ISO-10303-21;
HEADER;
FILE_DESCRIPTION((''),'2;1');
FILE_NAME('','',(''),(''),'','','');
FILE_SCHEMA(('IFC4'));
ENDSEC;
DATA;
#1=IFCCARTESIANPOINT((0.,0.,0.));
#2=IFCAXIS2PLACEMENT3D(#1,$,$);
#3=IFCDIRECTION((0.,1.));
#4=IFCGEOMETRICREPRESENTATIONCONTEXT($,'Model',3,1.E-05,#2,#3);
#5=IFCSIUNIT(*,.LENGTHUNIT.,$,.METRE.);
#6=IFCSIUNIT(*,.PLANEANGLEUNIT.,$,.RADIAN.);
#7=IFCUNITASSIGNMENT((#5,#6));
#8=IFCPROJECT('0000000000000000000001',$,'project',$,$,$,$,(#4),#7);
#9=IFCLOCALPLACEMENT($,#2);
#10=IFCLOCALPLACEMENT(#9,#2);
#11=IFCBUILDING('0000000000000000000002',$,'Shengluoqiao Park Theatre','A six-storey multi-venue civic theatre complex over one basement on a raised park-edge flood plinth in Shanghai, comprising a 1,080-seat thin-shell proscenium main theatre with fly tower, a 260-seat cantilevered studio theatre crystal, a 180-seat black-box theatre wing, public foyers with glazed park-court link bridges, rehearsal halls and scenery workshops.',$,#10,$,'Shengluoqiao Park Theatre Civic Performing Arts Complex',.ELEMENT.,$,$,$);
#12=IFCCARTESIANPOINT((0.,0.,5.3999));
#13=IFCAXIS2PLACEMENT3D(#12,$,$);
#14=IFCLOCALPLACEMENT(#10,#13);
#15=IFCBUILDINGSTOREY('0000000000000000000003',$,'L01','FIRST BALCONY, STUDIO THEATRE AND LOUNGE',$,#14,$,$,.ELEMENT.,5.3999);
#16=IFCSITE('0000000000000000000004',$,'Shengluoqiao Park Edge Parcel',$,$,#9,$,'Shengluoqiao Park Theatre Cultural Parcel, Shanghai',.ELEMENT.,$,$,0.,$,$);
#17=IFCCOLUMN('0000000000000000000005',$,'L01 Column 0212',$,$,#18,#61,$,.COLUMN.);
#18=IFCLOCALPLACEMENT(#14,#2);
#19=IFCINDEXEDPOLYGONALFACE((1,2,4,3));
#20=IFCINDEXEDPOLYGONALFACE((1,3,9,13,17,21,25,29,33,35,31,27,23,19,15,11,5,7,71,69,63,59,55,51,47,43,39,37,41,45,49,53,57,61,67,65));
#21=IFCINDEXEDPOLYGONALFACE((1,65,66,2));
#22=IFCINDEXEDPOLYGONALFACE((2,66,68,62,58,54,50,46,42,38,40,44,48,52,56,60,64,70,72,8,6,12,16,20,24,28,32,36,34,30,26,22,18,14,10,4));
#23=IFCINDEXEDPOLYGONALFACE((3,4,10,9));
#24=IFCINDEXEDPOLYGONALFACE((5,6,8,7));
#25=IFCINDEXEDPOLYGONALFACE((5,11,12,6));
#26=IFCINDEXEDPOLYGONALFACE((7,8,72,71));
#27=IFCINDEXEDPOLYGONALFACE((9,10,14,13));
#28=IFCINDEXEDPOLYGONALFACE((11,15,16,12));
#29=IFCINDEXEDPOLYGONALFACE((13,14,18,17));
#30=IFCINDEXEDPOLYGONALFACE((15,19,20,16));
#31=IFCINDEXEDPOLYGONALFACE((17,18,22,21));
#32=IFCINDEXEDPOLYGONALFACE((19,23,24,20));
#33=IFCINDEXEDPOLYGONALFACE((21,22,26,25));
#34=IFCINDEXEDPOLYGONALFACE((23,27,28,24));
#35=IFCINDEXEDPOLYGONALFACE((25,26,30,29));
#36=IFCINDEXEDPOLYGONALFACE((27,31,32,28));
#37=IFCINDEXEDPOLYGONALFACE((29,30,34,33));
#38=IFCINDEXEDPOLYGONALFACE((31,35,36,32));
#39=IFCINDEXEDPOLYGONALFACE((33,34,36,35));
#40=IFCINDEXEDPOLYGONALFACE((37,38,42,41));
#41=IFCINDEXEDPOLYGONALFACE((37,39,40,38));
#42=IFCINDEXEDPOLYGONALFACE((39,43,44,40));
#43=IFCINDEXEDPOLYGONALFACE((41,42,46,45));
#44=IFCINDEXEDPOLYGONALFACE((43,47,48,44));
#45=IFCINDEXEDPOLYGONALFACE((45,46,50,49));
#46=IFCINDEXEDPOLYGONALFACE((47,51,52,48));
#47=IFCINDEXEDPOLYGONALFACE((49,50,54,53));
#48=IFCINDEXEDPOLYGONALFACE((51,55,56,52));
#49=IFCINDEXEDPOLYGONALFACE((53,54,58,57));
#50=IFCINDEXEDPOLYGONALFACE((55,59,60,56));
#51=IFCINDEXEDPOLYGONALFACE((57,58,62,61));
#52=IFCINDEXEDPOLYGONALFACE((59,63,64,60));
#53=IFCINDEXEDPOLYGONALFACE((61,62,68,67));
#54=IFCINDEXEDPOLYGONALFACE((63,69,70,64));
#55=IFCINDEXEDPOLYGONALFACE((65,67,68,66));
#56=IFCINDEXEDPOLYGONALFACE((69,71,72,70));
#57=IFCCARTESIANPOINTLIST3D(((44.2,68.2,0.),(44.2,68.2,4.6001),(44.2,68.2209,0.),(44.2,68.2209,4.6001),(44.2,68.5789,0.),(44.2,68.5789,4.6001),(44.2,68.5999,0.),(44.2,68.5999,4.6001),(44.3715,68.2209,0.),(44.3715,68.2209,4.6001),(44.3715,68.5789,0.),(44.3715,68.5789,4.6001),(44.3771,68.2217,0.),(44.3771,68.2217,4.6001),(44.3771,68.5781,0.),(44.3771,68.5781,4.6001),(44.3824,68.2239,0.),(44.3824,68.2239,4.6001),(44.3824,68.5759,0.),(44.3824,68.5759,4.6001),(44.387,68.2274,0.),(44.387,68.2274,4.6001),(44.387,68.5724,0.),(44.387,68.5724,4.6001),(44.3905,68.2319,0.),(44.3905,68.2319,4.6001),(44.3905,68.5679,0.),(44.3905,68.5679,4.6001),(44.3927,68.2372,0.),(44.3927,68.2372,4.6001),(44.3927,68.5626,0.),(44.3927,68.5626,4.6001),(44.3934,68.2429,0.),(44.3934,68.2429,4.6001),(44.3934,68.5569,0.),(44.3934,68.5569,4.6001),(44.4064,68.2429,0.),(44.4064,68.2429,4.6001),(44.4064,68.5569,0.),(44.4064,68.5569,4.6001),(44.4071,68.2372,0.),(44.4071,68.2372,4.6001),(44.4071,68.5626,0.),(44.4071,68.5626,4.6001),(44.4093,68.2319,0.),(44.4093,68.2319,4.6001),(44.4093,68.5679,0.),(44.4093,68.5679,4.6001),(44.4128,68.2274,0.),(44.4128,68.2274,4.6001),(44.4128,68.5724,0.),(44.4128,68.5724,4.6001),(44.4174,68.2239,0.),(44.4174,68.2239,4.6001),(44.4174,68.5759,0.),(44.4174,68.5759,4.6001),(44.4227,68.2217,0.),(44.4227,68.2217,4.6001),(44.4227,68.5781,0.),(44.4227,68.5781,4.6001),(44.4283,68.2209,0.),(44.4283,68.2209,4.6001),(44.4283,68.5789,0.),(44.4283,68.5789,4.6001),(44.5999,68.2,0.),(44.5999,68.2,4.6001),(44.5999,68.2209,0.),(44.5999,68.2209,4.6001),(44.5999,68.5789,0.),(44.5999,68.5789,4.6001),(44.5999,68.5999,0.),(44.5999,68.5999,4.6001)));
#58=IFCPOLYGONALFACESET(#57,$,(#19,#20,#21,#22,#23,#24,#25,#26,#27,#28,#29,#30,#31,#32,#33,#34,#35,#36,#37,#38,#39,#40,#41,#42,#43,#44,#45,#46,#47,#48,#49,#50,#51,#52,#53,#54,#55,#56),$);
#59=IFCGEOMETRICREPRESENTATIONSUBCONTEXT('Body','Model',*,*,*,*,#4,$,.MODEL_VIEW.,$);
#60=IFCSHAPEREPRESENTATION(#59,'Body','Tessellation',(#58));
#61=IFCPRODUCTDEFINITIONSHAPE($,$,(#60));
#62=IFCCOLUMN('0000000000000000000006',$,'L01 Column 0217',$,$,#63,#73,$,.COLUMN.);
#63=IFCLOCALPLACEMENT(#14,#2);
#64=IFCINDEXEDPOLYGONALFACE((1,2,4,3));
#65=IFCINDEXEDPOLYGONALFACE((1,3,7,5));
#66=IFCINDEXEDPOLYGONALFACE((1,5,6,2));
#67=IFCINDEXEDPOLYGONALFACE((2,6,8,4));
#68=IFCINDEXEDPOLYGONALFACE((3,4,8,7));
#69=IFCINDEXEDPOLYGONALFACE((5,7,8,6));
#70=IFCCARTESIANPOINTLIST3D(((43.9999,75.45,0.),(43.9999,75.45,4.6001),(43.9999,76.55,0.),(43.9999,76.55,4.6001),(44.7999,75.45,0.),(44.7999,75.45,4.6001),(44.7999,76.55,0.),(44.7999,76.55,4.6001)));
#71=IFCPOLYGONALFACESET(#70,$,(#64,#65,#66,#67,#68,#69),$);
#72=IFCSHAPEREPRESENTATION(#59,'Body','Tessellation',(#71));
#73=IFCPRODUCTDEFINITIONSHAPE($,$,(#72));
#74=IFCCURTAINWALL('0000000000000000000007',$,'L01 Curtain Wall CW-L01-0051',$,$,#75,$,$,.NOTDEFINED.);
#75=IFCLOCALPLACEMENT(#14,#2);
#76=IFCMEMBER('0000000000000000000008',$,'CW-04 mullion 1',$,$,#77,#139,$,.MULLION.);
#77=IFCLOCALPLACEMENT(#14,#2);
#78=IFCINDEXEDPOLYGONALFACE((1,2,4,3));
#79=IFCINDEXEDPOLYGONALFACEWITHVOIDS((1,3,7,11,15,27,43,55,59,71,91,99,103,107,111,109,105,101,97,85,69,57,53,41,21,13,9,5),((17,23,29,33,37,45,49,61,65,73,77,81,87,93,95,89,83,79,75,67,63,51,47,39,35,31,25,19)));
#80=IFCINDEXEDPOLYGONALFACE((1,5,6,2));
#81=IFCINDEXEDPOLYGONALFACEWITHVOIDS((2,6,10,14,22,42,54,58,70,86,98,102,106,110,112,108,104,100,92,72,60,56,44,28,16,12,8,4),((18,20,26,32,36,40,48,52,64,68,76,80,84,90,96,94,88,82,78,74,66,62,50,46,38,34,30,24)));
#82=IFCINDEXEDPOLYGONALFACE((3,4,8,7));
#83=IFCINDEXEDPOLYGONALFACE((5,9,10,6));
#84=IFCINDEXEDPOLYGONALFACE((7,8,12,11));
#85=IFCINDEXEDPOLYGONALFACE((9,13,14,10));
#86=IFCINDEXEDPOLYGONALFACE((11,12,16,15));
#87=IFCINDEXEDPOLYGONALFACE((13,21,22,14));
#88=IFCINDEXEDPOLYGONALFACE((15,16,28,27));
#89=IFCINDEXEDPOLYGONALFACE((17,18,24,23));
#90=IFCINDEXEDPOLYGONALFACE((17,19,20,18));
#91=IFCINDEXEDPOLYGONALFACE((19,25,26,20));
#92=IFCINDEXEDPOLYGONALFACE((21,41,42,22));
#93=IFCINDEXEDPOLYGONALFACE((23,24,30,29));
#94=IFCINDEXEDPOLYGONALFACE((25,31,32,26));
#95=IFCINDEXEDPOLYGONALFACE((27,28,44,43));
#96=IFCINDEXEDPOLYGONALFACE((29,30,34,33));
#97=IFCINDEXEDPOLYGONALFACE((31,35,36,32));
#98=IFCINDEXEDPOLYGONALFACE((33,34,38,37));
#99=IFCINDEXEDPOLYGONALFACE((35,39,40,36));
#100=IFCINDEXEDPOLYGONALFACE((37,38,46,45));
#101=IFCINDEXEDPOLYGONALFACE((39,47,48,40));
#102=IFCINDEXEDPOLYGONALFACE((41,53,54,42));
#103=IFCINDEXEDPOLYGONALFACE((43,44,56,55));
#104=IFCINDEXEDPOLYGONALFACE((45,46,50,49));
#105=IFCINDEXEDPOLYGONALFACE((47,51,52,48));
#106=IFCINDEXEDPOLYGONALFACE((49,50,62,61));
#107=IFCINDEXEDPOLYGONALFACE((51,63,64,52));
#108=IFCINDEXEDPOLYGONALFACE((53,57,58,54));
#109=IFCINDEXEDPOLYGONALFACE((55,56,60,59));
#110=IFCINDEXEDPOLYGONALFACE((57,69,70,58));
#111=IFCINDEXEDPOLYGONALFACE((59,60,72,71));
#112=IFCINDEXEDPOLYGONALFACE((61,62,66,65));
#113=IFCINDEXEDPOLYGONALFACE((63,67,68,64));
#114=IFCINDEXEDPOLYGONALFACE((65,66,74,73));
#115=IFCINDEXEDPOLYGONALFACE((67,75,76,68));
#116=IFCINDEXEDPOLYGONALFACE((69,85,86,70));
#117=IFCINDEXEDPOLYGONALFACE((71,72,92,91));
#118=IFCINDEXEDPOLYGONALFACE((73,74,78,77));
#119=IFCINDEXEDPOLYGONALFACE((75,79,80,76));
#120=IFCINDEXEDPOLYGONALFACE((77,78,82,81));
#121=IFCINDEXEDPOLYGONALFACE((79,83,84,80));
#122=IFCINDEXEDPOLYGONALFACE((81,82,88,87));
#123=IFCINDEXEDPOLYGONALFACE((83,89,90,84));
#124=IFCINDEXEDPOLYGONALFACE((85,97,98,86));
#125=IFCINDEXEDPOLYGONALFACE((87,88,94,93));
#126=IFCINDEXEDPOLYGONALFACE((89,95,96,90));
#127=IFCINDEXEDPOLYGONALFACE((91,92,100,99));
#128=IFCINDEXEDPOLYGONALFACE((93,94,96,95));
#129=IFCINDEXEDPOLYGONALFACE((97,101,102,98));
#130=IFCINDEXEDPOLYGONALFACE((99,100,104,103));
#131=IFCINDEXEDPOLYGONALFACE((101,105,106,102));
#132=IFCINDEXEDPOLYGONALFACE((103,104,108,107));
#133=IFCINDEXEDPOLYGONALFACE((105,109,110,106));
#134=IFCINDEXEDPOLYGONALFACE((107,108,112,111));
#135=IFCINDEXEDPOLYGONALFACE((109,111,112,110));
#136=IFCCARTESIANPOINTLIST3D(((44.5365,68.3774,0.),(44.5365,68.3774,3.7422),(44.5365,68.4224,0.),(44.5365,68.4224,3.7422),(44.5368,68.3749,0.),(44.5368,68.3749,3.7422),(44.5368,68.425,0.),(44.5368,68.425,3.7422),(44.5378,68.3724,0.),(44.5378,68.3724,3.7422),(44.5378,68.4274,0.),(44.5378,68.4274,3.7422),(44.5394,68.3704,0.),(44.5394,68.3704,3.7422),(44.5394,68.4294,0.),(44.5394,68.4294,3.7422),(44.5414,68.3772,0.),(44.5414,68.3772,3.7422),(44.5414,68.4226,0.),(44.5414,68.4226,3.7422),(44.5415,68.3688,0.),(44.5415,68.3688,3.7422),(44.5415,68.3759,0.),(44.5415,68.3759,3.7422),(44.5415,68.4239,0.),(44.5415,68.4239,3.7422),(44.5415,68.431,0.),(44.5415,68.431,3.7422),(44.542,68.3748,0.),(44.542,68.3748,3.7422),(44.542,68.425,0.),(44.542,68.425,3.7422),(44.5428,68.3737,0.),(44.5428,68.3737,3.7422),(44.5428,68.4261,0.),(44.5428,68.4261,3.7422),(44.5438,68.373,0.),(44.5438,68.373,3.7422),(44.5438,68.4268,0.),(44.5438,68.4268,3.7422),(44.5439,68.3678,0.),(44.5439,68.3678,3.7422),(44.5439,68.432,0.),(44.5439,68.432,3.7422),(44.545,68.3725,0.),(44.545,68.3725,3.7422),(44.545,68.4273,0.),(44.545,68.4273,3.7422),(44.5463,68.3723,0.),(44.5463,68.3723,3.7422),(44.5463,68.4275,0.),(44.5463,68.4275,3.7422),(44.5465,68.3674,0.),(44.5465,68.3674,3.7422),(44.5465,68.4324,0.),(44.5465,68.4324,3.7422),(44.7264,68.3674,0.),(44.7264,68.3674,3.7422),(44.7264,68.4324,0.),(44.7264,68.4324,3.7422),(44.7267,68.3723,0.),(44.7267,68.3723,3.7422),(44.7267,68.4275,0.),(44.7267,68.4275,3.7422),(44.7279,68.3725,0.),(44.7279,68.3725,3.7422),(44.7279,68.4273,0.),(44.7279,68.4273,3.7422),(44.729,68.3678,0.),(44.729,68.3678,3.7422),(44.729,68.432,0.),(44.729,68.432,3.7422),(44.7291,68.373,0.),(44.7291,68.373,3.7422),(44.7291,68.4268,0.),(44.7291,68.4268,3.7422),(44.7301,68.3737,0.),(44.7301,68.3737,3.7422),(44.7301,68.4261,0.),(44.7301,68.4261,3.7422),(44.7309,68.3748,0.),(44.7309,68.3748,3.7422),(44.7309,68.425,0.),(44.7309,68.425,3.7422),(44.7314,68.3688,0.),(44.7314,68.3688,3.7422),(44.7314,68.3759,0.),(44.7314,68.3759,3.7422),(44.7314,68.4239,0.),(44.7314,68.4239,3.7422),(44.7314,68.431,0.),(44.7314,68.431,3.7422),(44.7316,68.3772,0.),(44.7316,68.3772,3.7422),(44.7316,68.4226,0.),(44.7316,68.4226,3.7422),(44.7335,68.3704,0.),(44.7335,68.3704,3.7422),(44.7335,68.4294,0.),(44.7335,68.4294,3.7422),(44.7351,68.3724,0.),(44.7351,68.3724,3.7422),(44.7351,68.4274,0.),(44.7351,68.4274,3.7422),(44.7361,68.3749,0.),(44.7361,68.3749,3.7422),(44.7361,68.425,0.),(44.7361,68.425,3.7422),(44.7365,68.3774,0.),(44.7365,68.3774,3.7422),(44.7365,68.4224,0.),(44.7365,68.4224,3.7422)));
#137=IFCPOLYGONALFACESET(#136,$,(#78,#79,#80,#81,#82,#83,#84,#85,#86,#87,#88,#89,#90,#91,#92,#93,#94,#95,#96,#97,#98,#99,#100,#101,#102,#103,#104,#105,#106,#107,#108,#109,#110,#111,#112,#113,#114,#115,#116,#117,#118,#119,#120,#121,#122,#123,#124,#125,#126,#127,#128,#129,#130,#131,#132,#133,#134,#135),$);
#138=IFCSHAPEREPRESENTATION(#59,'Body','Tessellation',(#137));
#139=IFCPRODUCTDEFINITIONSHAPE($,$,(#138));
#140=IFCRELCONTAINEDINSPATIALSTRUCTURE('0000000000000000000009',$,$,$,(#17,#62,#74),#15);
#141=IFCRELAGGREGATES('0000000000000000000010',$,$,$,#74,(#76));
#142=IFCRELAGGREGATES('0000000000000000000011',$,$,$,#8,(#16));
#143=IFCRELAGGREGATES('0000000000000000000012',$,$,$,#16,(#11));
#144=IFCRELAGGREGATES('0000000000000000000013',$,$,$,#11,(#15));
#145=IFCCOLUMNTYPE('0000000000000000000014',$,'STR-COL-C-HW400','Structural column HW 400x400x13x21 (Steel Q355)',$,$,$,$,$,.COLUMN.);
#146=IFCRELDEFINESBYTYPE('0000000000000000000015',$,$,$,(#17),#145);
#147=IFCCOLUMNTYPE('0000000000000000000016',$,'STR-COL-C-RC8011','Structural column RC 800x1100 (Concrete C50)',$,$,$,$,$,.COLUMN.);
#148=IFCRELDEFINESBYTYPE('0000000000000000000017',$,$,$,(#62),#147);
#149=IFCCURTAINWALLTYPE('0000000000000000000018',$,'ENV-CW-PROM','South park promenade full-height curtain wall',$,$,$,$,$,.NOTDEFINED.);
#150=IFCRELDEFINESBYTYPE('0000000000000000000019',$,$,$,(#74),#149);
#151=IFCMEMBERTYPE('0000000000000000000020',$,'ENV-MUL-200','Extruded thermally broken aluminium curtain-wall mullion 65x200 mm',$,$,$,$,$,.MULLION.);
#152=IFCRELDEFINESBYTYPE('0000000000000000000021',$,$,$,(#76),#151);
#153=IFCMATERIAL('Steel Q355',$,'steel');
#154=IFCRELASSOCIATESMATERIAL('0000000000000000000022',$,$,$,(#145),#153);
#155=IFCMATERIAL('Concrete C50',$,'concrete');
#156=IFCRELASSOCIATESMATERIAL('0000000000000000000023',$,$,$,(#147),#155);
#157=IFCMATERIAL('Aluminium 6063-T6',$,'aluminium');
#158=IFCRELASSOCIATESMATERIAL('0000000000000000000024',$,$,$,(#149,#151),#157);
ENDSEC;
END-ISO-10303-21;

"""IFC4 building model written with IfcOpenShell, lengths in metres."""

from ifc_helpers import new_model, si_unit, direction, frame, origin, origin_2d, place, context, subcontext, project, spatial, rectangle, hollow_rectangle, i_section, extrude, material, material_profile, profile_set, type_object, element, aggregate, save


model = new_model("IFC4")

# Units and contexts
model_context = context("Model", 3, precision=1e-05, world=origin(), true_north=direction((0.0, 1.0)))
body_context = subcontext(model_context, "Body", "Model", "MODEL_VIEW")
ifc_project = project(units=[si_unit("LENGTHUNIT", "METRE"), si_unit("PLANEANGLEUNIT", "RADIAN")], contexts=[model_context])

# Site, building, storey
site_placement = place(None, origin())
site = spatial("IfcSite", under=ifc_project, at=site_placement, Name="Shengluoqiao Park Edge Parcel", LongName="Shengluoqiao Park Theatre Cultural Parcel, Shanghai", CompositionType="ELEMENT", RefElevation=0.0)
building_placement = place(site_placement, origin())
building = spatial("IfcBuilding", under=site, at=building_placement, Name="Shengluoqiao Park Theatre", Description="A six-storey multi-venue civic theatre complex over one basement on a raised park-edge flood plinth in Shanghai, comprising a 1,080-seat thin-shell proscenium main theatre with fly tower, a 260-seat cantilevered studio theatre crystal, a 180-seat black-box theatre wing, public foyers with glazed park-court link bridges, rehearsal halls and scenery workshops.", LongName="Shengluoqiao Park Theatre Civic Performing Arts Complex", CompositionType="ELEMENT")
storey_placement = place(building_placement, frame((0.0, 0.0, 5.3999)))
storey = spatial("IfcBuildingStorey", under=building, at=storey_placement, Name="L01", Description="FIRST BALCONY, STUDIO THEATRE AND LOUNGE", CompositionType="ELEMENT", Elevation=5.3999)

# Columns
ifc_material_1 = material(Name="Steel Q355", Category="steel")
ifc_material_profile_1 = material_profile(ifc_material_1, i_section(OverallWidth=0.3999, OverallDepth=0.3999, WebThickness=0.0129, FlangeThickness=0.021, FilletRadius=0.022, at=origin_2d()), Name="HW 400x400x13x21")
ifc_profile_set_1 = profile_set([ifc_material_profile_1], Name="Steel Q355")
column_type_1 = type_object("IfcColumnType", Name="STR-COL-C-HW400", Description="Structural column HW 400x400x13x21 (Steel Q355)", PredefinedType="COLUMN", material=ifc_profile_set_1)
column_1_placement = place(storey_placement, frame((44.3999, 68.3999, 0.0), z_axis=(0.0, 0.0, 1.0), x_axis=(1.0, 0.0, 0.0)))
element("IfcColumn", 1, at=column_1_placement, inside=storey, type_object=column_type_1, Name="L01 Column 0212", PredefinedType="COLUMN", context=body_context, shape_type="SweptSolid", body=[
    extrude(i_section(OverallWidth=0.3999, OverallDepth=0.3999, WebThickness=0.0129, FlangeThickness=0.021, FilletRadius=0.022, at=origin_2d()), origin(), (0.0, 0.0, 1.0), 4.6001),
])
ifc_material_2 = material(Name="Concrete C50", Category="concrete")
ifc_material_profile_2 = material_profile(ifc_material_2, rectangle(XDim=0.8, YDim=1.1001, at=origin_2d()), Name="RC 800x1100")
ifc_profile_set_2 = profile_set([ifc_material_profile_2], Name="Concrete C50")
column_type_2 = type_object("IfcColumnType", Name="STR-COL-C-RC8011", Description="Structural column RC 800x1100 (Concrete C50)", PredefinedType="COLUMN", material=ifc_profile_set_2)
column_2_placement = place(storey_placement, frame((44.3999, 76.0, 0.0), z_axis=(0.0, 0.0, 1.0), x_axis=(1.0, 0.0, 0.0)))
element("IfcColumn", 2, at=column_2_placement, inside=storey, type_object=column_type_2, Name="L01 Column 0217", PredefinedType="COLUMN", context=body_context, shape_type="SweptSolid", body=[
    extrude(rectangle(XDim=0.8, YDim=1.1001, at=origin_2d()), origin(), (0.0, 0.0, 1.0), 4.6001),
])

# Curtain wall, member
ifc_material_3 = material(Name="Aluminium 6063-T6", Category="aluminium")
curtain_wall_type = type_object("IfcCurtainWallType", Name="ENV-CW-PROM", Description="South park promenade full-height curtain wall", PredefinedType="NOTDEFINED", material=ifc_material_3)
curtain_wall_placement = place(storey_placement, origin())
curtain_wall = element("IfcCurtainWall", 3, at=curtain_wall_placement, inside=storey, type_object=curtain_wall_type, Name="L01 Curtain Wall CW-L01-0051", PredefinedType="NOTDEFINED")
ifc_material_profile_3 = material_profile(ifc_material_3, hollow_rectangle(XDim=0.0649, YDim=0.2, WallThickness=0.0049, InnerFilletRadius=0.0049, OuterFilletRadius=0.01, at=origin_2d()), Name="ALU MULLION 200x65x5")
ifc_profile_set_3 = profile_set([ifc_material_profile_3], Name="Aluminium 6063-T6")
member_type_1 = type_object("IfcMemberType", Name="ENV-MUL-200", Description="Extruded thermally broken aluminium curtain-wall mullion 65x200 mm", PredefinedType="MULLION", material=ifc_profile_set_3)
member_1_placement = place(storey_placement, frame((44.6365, 68.3999, 0.0), z_axis=(0.0, 0.0, 1.0), x_axis=(0.0, 1.0, 0.0)))
member_1 = element("IfcMember", 4, at=member_1_placement, type_object=member_type_1, Name="CW-04 mullion 1", PredefinedType="MULLION", context=body_context, shape_type="SweptSolid", body=[
    extrude(hollow_rectangle(XDim=0.0649, YDim=0.2, WallThickness=0.0049, InnerFilletRadius=0.0049, OuterFilletRadius=0.01, at=origin_2d()), origin(), (0.0, 0.0, 1.0), 3.7422),
])

aggregate(curtain_wall, [member_1])

save(model, "model.ifc")
